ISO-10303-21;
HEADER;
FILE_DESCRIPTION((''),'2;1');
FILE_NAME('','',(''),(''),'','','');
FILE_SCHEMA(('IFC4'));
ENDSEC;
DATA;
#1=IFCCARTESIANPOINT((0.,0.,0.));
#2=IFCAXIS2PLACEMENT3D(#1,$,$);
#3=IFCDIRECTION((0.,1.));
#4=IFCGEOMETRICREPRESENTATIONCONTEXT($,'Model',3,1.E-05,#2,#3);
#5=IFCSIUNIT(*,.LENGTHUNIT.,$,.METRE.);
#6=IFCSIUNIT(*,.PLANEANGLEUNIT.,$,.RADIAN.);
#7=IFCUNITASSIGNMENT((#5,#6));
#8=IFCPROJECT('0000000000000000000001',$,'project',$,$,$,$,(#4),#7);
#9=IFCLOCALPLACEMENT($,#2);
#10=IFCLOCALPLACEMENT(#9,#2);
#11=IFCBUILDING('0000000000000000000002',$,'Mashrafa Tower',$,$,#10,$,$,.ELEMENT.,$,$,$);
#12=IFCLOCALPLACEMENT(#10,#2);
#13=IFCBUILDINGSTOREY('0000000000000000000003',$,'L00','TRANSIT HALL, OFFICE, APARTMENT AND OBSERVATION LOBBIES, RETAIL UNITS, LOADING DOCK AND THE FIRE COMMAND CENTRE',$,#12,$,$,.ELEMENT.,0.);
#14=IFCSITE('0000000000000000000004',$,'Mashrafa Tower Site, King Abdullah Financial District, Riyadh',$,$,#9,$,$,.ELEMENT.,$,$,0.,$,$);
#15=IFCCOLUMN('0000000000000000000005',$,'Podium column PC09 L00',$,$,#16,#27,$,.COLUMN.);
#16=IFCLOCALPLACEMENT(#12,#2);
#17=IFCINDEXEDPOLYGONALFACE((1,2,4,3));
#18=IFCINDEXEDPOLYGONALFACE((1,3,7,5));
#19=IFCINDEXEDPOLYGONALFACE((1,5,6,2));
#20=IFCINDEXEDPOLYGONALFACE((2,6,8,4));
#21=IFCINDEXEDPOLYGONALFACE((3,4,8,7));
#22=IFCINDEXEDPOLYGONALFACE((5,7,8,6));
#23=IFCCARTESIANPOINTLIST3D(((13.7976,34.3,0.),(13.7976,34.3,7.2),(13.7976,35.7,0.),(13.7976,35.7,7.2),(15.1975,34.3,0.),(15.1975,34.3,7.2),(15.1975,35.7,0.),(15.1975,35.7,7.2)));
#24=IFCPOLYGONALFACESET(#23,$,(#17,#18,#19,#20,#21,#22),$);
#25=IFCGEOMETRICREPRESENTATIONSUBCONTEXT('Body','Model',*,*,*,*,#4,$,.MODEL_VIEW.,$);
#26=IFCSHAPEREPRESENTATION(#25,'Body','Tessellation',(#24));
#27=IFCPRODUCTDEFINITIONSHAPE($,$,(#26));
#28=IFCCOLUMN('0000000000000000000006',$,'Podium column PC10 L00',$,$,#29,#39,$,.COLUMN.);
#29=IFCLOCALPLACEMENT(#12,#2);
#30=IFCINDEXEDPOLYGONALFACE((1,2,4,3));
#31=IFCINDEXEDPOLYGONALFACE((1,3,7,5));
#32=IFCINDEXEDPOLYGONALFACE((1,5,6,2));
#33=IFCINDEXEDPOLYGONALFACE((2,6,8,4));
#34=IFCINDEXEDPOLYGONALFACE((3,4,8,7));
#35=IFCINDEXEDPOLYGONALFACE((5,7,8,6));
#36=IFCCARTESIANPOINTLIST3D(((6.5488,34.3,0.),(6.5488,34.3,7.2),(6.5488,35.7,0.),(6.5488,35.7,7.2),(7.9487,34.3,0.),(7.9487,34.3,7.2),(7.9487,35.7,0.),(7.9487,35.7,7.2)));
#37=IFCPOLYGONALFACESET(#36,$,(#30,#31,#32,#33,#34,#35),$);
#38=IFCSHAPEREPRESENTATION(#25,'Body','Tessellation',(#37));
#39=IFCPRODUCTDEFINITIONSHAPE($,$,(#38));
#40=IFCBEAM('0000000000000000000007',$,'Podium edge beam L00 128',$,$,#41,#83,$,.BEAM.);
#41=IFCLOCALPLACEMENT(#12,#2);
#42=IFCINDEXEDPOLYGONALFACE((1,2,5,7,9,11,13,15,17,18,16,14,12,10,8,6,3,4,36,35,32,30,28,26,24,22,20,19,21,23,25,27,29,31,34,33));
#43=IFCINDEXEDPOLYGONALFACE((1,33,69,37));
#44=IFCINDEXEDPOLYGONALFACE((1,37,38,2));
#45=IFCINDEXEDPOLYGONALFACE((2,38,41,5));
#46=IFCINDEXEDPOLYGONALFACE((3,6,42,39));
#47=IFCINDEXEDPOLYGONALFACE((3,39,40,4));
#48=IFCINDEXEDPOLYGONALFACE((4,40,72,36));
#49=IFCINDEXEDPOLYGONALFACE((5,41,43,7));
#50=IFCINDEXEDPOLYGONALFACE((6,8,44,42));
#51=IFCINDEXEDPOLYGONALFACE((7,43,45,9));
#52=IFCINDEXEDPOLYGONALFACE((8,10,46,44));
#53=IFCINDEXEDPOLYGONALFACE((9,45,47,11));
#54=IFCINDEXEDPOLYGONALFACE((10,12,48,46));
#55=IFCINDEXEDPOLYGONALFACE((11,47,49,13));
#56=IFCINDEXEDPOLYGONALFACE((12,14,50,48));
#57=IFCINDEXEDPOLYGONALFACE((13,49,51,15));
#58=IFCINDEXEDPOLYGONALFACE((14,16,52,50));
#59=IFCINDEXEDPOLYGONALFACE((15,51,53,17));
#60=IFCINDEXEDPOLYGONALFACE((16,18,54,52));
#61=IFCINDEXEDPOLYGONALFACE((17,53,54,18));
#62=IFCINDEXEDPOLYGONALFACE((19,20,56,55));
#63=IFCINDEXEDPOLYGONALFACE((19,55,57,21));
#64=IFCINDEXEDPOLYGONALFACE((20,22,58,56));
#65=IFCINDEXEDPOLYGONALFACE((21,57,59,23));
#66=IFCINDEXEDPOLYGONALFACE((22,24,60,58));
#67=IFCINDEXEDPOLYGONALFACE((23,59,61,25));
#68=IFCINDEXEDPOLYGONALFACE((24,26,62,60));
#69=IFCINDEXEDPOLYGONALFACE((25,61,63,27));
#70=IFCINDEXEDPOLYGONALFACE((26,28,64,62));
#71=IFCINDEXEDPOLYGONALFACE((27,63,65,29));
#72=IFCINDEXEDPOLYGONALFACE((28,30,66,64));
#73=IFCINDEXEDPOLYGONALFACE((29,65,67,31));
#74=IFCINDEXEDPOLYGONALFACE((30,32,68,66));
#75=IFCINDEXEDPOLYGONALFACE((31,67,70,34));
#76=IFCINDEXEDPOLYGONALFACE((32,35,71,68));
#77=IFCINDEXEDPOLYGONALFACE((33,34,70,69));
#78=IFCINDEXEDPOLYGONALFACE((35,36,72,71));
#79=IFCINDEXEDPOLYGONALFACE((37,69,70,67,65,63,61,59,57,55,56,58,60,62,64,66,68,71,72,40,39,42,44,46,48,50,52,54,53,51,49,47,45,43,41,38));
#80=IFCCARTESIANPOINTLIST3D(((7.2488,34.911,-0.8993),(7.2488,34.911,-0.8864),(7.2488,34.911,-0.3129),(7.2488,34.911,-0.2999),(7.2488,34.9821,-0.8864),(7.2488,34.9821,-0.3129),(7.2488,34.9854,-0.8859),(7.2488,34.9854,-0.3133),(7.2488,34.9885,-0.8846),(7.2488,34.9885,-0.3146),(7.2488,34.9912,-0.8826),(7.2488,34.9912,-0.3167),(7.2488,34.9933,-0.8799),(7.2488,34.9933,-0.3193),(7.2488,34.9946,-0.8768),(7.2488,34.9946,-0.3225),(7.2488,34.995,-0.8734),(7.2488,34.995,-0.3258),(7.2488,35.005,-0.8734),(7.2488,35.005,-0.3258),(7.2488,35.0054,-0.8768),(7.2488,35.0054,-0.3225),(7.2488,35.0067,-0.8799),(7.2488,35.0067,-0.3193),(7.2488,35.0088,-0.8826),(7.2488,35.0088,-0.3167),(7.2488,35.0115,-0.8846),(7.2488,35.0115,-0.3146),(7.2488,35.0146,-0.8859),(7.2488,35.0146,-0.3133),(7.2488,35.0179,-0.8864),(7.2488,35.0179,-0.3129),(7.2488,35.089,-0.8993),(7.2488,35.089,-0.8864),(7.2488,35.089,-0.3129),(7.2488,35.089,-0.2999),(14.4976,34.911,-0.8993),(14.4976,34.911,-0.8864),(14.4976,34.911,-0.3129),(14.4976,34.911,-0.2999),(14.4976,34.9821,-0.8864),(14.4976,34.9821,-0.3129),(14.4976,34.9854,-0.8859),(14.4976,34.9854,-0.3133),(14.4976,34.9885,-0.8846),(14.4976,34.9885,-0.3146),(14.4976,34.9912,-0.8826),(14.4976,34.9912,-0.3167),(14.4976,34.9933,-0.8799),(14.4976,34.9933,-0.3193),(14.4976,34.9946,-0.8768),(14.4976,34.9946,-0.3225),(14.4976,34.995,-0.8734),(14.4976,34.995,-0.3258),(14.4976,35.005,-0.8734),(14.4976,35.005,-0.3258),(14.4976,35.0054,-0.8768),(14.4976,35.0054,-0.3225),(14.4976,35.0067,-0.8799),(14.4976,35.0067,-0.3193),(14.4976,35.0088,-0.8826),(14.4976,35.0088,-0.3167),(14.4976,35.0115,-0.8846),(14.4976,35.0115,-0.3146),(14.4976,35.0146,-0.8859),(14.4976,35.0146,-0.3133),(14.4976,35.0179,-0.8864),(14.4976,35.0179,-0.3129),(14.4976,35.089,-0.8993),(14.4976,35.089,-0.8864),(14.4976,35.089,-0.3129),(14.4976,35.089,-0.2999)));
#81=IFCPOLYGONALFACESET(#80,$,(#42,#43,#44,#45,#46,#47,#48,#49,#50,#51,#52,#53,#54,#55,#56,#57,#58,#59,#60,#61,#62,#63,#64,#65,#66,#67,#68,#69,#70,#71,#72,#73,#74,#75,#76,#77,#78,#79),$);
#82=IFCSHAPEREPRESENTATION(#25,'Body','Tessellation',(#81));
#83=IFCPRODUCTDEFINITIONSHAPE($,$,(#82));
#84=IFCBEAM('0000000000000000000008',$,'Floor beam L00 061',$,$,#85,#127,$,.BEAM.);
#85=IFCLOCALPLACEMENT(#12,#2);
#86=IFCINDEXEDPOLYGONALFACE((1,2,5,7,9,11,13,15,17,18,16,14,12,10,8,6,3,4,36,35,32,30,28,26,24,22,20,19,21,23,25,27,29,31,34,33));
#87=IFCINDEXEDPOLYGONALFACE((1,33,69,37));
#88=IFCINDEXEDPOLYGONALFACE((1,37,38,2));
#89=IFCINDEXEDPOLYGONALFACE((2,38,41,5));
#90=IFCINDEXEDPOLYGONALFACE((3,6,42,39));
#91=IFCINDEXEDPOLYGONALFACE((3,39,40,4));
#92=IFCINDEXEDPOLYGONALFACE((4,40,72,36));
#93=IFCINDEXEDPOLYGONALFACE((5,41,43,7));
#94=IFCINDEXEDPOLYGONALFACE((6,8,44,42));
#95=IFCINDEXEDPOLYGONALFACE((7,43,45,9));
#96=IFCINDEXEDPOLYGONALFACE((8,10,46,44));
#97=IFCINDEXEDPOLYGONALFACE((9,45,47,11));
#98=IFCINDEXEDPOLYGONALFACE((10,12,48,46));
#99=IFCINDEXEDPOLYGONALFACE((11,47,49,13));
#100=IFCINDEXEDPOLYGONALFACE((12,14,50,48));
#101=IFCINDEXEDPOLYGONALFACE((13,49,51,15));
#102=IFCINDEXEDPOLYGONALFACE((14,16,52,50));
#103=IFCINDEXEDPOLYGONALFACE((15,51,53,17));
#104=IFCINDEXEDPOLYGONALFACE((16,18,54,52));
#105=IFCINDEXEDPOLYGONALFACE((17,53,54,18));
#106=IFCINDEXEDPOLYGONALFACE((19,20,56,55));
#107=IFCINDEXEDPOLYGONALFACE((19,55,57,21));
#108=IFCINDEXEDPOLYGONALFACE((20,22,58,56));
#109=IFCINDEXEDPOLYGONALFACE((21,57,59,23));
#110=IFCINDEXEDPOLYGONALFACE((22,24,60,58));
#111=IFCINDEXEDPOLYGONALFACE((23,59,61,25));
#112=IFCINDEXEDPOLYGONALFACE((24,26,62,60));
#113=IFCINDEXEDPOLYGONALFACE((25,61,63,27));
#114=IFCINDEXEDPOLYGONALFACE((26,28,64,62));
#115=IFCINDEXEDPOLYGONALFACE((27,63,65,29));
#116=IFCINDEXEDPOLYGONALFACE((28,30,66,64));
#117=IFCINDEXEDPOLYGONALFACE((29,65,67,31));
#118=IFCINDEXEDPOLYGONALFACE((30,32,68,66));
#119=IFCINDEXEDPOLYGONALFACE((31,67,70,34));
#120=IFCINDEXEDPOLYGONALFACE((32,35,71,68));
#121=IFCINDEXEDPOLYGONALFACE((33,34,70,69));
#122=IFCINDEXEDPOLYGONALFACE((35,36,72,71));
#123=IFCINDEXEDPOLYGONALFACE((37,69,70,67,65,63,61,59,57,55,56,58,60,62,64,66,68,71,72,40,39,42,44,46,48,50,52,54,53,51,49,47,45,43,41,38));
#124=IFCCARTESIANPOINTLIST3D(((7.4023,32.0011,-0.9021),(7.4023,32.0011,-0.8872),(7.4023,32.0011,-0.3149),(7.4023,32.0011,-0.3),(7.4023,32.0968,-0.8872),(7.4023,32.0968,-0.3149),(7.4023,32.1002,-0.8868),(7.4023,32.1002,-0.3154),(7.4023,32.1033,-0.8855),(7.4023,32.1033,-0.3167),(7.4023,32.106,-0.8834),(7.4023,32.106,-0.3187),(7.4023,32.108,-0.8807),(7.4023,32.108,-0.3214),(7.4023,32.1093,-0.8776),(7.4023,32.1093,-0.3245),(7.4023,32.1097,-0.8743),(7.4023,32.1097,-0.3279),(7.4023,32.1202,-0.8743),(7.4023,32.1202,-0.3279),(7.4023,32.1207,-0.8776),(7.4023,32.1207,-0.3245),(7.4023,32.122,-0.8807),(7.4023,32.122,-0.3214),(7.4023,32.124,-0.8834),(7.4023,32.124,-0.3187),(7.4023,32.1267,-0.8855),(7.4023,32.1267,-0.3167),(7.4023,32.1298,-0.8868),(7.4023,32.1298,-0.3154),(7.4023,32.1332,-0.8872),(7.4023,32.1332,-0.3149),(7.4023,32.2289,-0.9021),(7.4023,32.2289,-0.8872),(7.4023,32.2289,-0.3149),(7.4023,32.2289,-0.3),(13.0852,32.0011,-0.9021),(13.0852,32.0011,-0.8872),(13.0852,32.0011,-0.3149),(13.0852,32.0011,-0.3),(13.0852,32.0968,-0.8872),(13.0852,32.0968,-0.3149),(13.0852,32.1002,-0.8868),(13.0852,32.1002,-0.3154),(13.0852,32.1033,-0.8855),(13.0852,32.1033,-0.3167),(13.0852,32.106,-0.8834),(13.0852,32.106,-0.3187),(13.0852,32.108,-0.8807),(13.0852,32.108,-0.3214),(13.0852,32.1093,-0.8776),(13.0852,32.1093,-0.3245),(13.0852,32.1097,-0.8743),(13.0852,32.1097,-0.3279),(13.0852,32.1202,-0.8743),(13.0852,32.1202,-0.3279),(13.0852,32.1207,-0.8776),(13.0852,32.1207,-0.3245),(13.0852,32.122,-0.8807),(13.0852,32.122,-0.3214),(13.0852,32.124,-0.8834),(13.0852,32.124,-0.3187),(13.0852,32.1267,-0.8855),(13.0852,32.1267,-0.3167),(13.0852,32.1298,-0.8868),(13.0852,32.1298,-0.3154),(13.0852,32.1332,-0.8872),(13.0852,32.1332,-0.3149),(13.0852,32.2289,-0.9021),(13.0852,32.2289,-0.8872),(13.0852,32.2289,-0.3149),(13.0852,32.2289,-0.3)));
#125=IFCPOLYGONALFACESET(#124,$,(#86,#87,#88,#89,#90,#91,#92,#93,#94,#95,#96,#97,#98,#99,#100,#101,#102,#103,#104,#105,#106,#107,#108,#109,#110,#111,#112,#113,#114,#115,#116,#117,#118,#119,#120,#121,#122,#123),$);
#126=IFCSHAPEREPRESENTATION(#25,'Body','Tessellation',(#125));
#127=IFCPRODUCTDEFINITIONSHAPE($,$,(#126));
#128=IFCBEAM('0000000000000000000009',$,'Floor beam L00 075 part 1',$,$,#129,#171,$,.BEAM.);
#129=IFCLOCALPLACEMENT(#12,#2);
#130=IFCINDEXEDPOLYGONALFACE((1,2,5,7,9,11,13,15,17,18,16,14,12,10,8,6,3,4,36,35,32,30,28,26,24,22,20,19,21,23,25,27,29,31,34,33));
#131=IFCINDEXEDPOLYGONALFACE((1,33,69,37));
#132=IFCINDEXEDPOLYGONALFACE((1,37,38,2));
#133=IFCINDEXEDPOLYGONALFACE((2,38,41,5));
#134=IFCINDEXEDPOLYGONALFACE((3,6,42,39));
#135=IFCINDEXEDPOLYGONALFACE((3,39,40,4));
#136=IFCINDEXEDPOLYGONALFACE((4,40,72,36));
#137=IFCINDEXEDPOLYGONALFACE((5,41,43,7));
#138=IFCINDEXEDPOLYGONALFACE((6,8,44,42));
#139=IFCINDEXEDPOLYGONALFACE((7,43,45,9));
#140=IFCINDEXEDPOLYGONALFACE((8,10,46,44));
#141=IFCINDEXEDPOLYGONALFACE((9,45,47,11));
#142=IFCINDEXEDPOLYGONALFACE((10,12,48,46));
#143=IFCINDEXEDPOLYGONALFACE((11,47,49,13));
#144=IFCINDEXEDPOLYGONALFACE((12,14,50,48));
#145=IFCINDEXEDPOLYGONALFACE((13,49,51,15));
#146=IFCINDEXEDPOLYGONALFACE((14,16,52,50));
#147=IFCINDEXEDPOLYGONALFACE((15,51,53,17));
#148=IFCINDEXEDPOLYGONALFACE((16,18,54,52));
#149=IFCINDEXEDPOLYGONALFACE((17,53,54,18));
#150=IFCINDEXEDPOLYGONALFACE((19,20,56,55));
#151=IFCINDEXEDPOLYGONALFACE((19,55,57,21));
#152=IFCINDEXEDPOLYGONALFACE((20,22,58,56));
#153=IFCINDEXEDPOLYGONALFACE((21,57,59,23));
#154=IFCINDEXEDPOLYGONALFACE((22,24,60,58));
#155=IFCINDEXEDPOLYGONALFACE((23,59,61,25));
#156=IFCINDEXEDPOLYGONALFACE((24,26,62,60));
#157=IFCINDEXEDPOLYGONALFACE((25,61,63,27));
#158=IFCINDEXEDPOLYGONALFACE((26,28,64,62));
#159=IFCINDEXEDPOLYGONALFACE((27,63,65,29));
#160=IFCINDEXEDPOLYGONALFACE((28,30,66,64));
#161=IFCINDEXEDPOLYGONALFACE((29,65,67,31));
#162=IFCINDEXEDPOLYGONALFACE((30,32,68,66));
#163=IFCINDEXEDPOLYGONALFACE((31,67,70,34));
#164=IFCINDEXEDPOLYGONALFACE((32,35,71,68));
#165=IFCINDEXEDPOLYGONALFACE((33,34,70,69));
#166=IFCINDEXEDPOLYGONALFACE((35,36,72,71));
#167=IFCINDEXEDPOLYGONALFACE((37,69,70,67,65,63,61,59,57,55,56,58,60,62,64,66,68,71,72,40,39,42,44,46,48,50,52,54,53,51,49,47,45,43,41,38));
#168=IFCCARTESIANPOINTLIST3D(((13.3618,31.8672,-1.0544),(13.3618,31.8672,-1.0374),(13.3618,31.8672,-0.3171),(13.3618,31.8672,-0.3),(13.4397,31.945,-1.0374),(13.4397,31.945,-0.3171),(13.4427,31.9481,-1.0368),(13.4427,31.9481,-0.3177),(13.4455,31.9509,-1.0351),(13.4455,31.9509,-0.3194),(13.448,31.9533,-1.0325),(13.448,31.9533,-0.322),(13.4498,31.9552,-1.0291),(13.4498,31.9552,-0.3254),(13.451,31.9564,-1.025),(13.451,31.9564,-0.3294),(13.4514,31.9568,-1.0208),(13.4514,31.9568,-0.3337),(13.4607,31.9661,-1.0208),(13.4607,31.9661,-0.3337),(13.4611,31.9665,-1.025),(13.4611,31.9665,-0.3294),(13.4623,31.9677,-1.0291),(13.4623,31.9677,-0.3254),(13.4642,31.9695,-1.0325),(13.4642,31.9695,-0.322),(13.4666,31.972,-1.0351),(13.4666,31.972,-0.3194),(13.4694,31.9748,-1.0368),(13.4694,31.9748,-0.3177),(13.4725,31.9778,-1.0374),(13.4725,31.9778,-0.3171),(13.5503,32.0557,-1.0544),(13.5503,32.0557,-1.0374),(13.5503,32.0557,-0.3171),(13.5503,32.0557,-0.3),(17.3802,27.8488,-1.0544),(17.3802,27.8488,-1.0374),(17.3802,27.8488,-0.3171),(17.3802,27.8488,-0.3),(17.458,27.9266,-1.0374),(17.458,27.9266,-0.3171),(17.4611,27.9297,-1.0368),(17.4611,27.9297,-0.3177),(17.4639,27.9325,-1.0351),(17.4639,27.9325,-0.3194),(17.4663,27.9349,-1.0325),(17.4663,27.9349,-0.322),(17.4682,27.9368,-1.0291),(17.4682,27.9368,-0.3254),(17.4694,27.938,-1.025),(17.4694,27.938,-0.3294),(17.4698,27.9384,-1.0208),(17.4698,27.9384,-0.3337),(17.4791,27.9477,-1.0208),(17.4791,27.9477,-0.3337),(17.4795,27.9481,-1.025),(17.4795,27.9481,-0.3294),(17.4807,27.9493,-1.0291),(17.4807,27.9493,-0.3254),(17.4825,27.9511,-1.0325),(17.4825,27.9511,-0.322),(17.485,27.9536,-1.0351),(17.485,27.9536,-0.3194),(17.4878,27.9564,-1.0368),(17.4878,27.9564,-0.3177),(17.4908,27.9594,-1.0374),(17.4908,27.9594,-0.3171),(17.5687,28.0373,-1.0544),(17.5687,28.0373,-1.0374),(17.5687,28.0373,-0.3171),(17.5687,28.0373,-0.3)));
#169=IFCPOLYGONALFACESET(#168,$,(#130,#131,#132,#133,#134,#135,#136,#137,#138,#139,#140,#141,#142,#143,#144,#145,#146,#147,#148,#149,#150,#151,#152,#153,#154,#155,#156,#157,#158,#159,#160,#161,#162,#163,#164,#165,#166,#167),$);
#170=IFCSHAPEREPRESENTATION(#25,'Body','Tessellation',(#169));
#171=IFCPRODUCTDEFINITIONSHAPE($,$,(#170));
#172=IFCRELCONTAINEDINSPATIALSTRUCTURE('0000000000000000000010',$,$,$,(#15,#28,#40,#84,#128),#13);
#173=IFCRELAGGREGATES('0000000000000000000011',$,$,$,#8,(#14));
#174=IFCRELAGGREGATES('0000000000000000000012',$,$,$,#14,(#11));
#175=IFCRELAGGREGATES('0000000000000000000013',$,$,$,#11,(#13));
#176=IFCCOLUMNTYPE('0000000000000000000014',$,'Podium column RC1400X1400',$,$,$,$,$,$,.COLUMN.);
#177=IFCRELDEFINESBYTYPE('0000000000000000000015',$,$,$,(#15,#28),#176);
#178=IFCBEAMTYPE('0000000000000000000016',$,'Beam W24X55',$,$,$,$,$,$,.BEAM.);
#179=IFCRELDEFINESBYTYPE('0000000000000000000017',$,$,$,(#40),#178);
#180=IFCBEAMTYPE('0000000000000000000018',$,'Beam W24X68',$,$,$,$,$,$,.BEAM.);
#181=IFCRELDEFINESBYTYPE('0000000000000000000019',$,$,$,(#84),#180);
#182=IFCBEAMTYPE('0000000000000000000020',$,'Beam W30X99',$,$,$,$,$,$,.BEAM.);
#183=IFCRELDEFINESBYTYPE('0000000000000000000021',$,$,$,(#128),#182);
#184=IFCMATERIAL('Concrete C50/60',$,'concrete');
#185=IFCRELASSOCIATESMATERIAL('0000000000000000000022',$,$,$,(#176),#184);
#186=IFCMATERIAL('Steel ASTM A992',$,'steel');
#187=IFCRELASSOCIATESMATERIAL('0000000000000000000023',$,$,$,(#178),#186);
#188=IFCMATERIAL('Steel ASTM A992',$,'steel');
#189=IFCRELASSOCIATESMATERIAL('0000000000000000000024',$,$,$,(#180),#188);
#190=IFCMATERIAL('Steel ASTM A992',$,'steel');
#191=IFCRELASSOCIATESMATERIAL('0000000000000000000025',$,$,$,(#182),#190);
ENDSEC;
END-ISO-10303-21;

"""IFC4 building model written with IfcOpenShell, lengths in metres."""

from ifc_helpers import new_model, si_unit, direction, frame, origin, origin_2d, place, context, subcontext, project, spatial, rectangle, i_section, extrude, material, material_profile, profile_set, type_object, element, save


model = new_model("IFC4")

# Units and contexts
model_context = context("Model", 3, precision=1e-05, world=origin(), true_north=direction((0.0, 1.0)))
body_context = subcontext(model_context, "Body", "Model", "MODEL_VIEW")
ifc_project = project(units=[si_unit("LENGTHUNIT", "METRE"), si_unit("PLANEANGLEUNIT", "RADIAN")], contexts=[model_context])

# Site, building, storey
site_placement = place(None, origin())
site = spatial("IfcSite", under=ifc_project, at=site_placement, Name="Mashrafa Tower Site, King Abdullah Financial District, Riyadh", CompositionType="ELEMENT", RefElevation=0.0)
building_placement = place(site_placement, origin())
building = spatial("IfcBuilding", under=site, at=building_placement, Name="Mashrafa Tower", CompositionType="ELEMENT")
storey_placement = place(building_placement, origin())
storey = spatial("IfcBuildingStorey", under=building, at=storey_placement, Name="L00", Description="TRANSIT HALL, OFFICE, APARTMENT AND OBSERVATION LOBBIES, RETAIL UNITS, LOADING DOCK AND THE FIRE COMMAND CENTRE", CompositionType="ELEMENT", Elevation=0.0)

# Columns
ifc_material_1 = material(Name="Concrete C50/60", Category="concrete")
ifc_material_profile_1 = material_profile(ifc_material_1, rectangle(XDim=1.3999, YDim=1.3999, at=origin_2d()), Name="RC1400X1400")
ifc_profile_set_1 = profile_set([ifc_material_profile_1], Name="Concrete C50/60")
column_type = type_object("IfcColumnType", Name="Podium column RC1400X1400", PredefinedType="COLUMN", material=ifc_profile_set_1)
for number, where, z_axis, x_axis, name in (
    (1, (14.4976, 35.0, 0.0), (0.0, 0.0, 1.0), (1.0, 0.0, 0.0), "Podium column PC09 L00"),
    (2, (7.2488, 35.0, 0.0), (0.0, 0.0, 1.0), (1.0, 0.0, 0.0), "Podium column PC10 L00"),
):
    element("IfcColumn", number, at=place(storey_placement, frame(where, z_axis=z_axis, x_axis=x_axis)), inside=storey, type_object=column_type, Name=name, PredefinedType="COLUMN", context=body_context, shape_type="SweptSolid", body=[
        extrude(rectangle(XDim=1.3999, YDim=1.3999, at=origin_2d()), origin(), (0.0, 0.0, 1.0), 7.2),
    ])

# Beams
ifc_material_2 = material(Name="Steel ASTM A992", Category="steel")
ifc_material_profile_2 = material_profile(ifc_material_2, i_section(OverallWidth=0.178, OverallDepth=0.5994, WebThickness=0.01, FlangeThickness=0.0129, FilletRadius=0.0129, at=origin_2d()), Name="W24X55")
ifc_profile_set_2 = profile_set([ifc_material_profile_2], Name="Steel ASTM A992")
beam_type_1 = type_object("IfcBeamType", Name="Beam W24X55", PredefinedType="BEAM", material=ifc_profile_set_2)
beam_1_placement = place(storey_placement, frame((14.4976, 35.0, -0.5996), z_axis=(-1.0, 0.0, 0.0), x_axis=(0.0, -1.0, 0.0)))
element("IfcBeam", 3, at=beam_1_placement, inside=storey, type_object=beam_type_1, Name="Podium edge beam L00 128", PredefinedType="BEAM", context=body_context, shape_type="SweptSolid", body=[
    extrude(i_section(OverallWidth=0.178, OverallDepth=0.5994, WebThickness=0.01, FlangeThickness=0.0129, FilletRadius=0.0129, at=origin_2d()), origin(), (0.0, 0.0, 1.0), 7.2488),
])
ifc_material_3 = material(Name="Steel ASTM A992", Category="steel")
ifc_material_profile_3 = material_profile(ifc_material_3, i_section(OverallWidth=0.2278, OverallDepth=0.6021, WebThickness=0.0105, FlangeThickness=0.0149, FilletRadius=0.0129, at=origin_2d()), Name="W24X68")
ifc_profile_set_3 = profile_set([ifc_material_profile_3], Name="Steel ASTM A992")
beam_type_2 = type_object("IfcBeamType", Name="Beam W24X68", PredefinedType="BEAM", material=ifc_profile_set_3)
beam_2_placement = place(storey_placement, frame((7.4023, 32.115, -0.6011), z_axis=(1.0, 0.0, 0.0), x_axis=(0.0, 1.0, 0.0)))
element("IfcBeam", 4, at=beam_2_placement, inside=storey, type_object=beam_type_2, Name="Floor beam L00 061", PredefinedType="BEAM", context=body_context, shape_type="SweptSolid", body=[
    extrude(i_section(OverallWidth=0.2278, OverallDepth=0.6021, WebThickness=0.0105, FlangeThickness=0.0149, FilletRadius=0.0129, at=origin_2d()), origin(), (0.0, 0.0, 1.0), 5.6829),
])
ifc_material_4 = material(Name="Steel ASTM A992", Category="steel")
ifc_material_profile_4 = material_profile(ifc_material_4, i_section(OverallWidth=0.2666, OverallDepth=0.7544, WebThickness=0.0132, FlangeThickness=0.0171, FilletRadius=0.0166, at=origin_2d()), Name="W30X99")
ifc_profile_set_4 = profile_set([ifc_material_profile_4], Name="Steel ASTM A992")
beam_type_3 = type_object("IfcBeamType", Name="Beam W30X99", PredefinedType="BEAM", material=ifc_profile_set_4)
beam_3_placement = place(storey_placement, frame((13.4561, 31.9614, -0.6772), z_axis=(0.707107, -0.707107, 0.0), x_axis=(0.707107, 0.707107, 0.0)))
element("IfcBeam", 5, at=beam_3_placement, inside=storey, type_object=beam_type_3, Name="Floor beam L00 075 part 1", PredefinedType="BEAM", context=body_context, shape_type="SweptSolid", body=[
    extrude(i_section(OverallWidth=0.2666, OverallDepth=0.7544, WebThickness=0.0132, FlangeThickness=0.0171, FilletRadius=0.0166, at=origin_2d()), origin(), (0.0, 0.0, 1.0), 5.6829),
])

save(model, "model.ifc")
